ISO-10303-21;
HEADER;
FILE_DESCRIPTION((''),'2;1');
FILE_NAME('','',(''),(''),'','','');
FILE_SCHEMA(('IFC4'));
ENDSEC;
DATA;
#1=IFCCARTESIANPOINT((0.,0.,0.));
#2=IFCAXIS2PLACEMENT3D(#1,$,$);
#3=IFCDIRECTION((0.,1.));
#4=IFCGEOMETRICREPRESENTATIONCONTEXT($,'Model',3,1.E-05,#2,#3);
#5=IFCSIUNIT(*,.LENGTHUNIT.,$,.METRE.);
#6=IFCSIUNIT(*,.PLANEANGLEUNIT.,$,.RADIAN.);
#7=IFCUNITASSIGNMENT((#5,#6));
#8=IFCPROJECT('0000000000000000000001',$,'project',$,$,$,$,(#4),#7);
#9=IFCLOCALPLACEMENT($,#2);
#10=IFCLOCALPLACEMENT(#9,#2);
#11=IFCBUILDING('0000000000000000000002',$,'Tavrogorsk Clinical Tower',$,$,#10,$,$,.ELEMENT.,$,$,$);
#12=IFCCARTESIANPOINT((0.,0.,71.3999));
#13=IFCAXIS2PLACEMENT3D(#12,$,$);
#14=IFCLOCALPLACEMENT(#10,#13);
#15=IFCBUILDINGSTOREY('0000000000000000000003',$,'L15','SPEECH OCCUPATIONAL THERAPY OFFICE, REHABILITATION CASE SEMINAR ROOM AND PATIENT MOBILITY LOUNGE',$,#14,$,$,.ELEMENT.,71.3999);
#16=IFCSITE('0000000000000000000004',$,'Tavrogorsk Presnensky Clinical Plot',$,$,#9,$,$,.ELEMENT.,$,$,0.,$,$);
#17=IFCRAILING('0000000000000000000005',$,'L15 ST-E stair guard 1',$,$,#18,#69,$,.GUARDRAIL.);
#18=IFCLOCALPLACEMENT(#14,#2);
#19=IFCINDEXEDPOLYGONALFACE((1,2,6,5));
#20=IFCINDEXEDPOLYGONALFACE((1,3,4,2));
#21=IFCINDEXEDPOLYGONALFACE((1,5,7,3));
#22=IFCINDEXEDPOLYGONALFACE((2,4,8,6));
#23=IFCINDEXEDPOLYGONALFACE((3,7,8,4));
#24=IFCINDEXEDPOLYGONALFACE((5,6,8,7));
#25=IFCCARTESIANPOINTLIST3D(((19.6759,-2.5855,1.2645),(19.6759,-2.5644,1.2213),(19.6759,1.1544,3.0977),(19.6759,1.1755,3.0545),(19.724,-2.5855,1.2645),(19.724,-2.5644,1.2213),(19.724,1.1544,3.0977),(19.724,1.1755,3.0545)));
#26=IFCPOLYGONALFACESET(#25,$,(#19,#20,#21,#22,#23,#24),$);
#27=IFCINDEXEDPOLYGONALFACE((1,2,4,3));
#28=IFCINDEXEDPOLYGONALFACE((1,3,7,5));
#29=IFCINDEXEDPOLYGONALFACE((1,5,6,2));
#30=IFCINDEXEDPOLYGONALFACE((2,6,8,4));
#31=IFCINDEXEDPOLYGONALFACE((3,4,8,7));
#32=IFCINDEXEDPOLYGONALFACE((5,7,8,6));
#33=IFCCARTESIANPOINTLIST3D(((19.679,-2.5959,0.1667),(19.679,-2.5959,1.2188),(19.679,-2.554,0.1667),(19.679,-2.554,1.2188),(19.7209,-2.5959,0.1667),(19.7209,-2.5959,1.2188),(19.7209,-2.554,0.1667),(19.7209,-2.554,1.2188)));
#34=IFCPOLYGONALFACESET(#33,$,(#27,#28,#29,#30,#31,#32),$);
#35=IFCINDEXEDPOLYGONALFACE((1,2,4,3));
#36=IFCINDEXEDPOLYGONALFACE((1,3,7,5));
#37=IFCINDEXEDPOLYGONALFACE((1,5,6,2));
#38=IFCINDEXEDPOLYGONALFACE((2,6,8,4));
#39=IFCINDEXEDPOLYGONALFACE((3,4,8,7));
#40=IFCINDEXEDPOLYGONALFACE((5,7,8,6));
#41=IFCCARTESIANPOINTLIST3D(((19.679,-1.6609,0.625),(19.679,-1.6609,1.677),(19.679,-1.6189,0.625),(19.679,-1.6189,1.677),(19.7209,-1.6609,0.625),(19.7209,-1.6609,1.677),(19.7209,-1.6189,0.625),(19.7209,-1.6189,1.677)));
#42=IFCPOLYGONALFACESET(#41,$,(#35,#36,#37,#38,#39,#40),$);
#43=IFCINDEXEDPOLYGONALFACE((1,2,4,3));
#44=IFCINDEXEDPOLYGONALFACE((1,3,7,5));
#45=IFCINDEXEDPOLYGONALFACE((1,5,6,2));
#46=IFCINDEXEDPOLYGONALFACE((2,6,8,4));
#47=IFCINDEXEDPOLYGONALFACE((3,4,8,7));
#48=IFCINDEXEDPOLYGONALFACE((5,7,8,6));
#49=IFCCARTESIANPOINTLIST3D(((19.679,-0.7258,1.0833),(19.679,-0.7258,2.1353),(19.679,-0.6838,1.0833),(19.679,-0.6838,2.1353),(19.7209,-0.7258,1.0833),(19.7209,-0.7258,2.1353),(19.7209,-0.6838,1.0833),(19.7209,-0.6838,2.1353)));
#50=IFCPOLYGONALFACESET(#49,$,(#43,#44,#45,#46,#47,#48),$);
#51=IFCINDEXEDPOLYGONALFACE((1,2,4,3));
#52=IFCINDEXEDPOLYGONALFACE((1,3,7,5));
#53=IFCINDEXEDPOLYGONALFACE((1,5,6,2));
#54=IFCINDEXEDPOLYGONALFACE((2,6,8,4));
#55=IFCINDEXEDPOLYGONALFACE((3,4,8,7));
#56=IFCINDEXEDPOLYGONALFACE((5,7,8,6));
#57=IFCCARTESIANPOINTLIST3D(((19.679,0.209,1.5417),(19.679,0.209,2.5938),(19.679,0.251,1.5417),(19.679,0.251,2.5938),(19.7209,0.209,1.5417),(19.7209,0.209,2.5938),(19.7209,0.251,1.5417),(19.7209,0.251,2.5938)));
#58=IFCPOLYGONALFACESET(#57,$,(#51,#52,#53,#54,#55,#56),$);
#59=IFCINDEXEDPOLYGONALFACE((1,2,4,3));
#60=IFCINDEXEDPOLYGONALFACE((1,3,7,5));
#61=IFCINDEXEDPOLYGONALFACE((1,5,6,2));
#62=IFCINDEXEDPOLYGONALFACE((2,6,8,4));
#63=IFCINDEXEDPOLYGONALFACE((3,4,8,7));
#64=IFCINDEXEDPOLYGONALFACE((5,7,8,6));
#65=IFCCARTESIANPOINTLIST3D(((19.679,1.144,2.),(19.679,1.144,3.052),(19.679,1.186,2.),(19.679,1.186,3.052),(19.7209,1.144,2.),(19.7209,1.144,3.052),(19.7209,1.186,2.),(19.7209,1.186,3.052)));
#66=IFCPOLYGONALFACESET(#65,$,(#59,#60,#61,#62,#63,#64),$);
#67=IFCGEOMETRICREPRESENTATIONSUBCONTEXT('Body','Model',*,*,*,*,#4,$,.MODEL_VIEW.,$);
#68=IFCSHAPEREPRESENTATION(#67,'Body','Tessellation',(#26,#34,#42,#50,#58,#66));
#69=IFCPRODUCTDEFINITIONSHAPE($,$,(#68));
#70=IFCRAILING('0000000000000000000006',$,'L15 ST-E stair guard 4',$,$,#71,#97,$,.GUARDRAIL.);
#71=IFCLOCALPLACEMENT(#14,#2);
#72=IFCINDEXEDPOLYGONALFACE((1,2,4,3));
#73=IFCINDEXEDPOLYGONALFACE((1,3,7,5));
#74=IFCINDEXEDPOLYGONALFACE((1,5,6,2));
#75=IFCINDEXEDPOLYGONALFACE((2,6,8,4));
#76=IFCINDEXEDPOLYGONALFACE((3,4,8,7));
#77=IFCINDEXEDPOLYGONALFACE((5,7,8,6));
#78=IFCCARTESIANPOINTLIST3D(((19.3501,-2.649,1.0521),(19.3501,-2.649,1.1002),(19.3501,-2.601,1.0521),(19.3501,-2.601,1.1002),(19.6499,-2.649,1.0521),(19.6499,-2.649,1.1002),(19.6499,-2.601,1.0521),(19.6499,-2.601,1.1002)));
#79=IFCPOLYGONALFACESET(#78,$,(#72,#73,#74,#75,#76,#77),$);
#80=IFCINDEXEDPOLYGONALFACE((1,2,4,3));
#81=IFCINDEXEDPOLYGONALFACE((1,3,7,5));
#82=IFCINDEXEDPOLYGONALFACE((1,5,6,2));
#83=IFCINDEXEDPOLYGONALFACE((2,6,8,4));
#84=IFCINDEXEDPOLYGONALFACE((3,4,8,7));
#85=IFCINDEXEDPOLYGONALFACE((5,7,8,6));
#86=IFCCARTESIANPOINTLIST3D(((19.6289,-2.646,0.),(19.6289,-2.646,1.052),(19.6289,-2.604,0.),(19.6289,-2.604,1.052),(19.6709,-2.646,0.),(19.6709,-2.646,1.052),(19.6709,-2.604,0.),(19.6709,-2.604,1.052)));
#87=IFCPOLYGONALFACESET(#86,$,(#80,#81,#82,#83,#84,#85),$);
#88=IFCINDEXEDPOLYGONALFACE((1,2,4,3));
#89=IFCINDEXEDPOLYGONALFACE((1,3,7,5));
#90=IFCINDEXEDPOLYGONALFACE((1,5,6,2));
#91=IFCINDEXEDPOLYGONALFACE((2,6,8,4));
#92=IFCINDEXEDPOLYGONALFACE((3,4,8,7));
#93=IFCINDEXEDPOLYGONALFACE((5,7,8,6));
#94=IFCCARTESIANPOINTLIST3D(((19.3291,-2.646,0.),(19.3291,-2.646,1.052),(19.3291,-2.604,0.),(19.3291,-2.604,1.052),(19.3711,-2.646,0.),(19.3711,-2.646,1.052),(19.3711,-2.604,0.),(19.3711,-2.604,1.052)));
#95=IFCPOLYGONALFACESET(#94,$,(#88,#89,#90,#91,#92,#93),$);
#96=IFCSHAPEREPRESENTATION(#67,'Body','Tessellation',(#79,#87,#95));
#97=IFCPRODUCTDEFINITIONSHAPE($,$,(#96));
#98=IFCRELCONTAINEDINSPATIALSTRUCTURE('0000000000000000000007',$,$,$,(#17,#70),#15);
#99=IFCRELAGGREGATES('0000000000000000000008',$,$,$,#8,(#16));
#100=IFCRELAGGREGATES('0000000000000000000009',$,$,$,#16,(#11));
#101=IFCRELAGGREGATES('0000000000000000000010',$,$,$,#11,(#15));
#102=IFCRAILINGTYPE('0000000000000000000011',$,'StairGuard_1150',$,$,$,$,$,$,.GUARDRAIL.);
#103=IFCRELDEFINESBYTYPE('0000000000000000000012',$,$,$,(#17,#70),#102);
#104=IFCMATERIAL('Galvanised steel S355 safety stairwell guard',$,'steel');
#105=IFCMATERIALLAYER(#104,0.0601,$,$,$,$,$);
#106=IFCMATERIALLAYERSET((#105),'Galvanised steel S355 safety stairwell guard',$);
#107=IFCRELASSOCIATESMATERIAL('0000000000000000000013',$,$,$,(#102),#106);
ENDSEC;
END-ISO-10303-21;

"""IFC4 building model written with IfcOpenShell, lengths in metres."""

from ifc_helpers import new_model, si_unit, direction, frame, origin, origin_2d, place, context, subcontext, project, spatial, rectangle, extrude, material, layer, layer_set, type_object, element, save


model = new_model("IFC4")

# Units and contexts
model_context = context("Model", 3, precision=1e-05, world=origin(), true_north=direction((0.0, 1.0)))
body_context = subcontext(model_context, "Body", "Model", "MODEL_VIEW")
ifc_project = project(units=[si_unit("LENGTHUNIT", "METRE"), si_unit("PLANEANGLEUNIT", "RADIAN")], contexts=[model_context])

# Site, building, storey
site_placement = place(None, origin())
site = spatial("IfcSite", under=ifc_project, at=site_placement, Name="Tavrogorsk Presnensky Clinical Plot", CompositionType="ELEMENT", RefElevation=0.0)
building_placement = place(site_placement, origin())
building = spatial("IfcBuilding", under=site, at=building_placement, Name="Tavrogorsk Clinical Tower", CompositionType="ELEMENT")
storey_placement = place(building_placement, frame((0.0, 0.0, 71.3999)))
storey = spatial("IfcBuildingStorey", under=building, at=storey_placement, Name="L15", Description="SPEECH OCCUPATIONAL THERAPY OFFICE, REHABILITATION CASE SEMINAR ROOM AND PATIENT MOBILITY LOUNGE", CompositionType="ELEMENT", Elevation=71.3999)

# Railings
ifc_material_1 = material(Name="Galvanised steel S355 safety stairwell guard", Category="steel")
ifc_layer_1 = layer(ifc_material_1, 0.0601)
ifc_layer_set_1 = layer_set([ifc_layer_1], Name="Galvanised steel S355 safety stairwell guard")
railing_type = type_object("IfcRailingType", Name="StairGuard_1150", PredefinedType="GUARDRAIL", material=ifc_layer_set_1)
railing_1_placement = place(storey_placement, frame((19.7, -2.575, 0.1667)))
element("IfcRailing", 1, at=railing_1_placement, inside=storey, type_object=railing_type, Name="L15 ST-E stair guard 1", PredefinedType="GUARDRAIL", context=body_context, shape_type="SweptSolid", body=[
    extrude(rectangle(XDim=0.0481, YDim=0.0481, at=origin_2d()), frame((0.0, 0.0, 1.0762), z_axis=(0.0, 0.897928, 0.440142), x_axis=(-1.0, 0.0, 0.0)), (0.0, 0.0, 1.0), 4.165),
    extrude(rectangle(XDim=0.042, YDim=0.042, at=origin_2d()), origin(), (0.0, 0.0, 1.0), 1.052),
    extrude(rectangle(XDim=0.042, YDim=0.042, at=origin_2d()), frame((0.0, 0.9351, 0.4583)), (0.0, 0.0, 1.0), 1.052),
    extrude(rectangle(XDim=0.042, YDim=0.042, at=origin_2d()), frame((0.0, 1.8701, 0.9165)), (0.0, 0.0, 1.0), 1.052),
    extrude(rectangle(XDim=0.042, YDim=0.042, at=origin_2d()), frame((0.0, 2.8049, 1.375)), (0.0, 0.0, 1.0), 1.052),
    extrude(rectangle(XDim=0.042, YDim=0.042, at=origin_2d()), frame((0.0, 3.74, 1.8333)), (0.0, 0.0, 1.0), 1.052),
])
railing_2_placement = place(storey_placement, frame((19.6499, -2.625, 0.0)))
element("IfcRailing", 2, at=railing_2_placement, inside=storey, type_object=railing_type, Name="L15 ST-E stair guard 4", PredefinedType="GUARDRAIL", context=body_context, shape_type="SweptSolid", body=[
    extrude(rectangle(XDim=0.0481, YDim=0.0481, at=origin_2d()), frame((0.0, 0.0, 1.0762), z_axis=(-1.0, 0.0, 0.0), x_axis=(0.0, -1.0, 0.0)), (0.0, 0.0, 1.0), 0.2998),
    extrude(rectangle(XDim=0.042, YDim=0.042, at=origin_2d()), origin(), (0.0, 0.0, 1.0), 1.052),
    extrude(rectangle(XDim=0.042, YDim=0.042, at=origin_2d()), frame((-0.2998, 0.0, 0.0)), (0.0, 0.0, 1.0), 1.052),
])

save(model, "model.ifc")
